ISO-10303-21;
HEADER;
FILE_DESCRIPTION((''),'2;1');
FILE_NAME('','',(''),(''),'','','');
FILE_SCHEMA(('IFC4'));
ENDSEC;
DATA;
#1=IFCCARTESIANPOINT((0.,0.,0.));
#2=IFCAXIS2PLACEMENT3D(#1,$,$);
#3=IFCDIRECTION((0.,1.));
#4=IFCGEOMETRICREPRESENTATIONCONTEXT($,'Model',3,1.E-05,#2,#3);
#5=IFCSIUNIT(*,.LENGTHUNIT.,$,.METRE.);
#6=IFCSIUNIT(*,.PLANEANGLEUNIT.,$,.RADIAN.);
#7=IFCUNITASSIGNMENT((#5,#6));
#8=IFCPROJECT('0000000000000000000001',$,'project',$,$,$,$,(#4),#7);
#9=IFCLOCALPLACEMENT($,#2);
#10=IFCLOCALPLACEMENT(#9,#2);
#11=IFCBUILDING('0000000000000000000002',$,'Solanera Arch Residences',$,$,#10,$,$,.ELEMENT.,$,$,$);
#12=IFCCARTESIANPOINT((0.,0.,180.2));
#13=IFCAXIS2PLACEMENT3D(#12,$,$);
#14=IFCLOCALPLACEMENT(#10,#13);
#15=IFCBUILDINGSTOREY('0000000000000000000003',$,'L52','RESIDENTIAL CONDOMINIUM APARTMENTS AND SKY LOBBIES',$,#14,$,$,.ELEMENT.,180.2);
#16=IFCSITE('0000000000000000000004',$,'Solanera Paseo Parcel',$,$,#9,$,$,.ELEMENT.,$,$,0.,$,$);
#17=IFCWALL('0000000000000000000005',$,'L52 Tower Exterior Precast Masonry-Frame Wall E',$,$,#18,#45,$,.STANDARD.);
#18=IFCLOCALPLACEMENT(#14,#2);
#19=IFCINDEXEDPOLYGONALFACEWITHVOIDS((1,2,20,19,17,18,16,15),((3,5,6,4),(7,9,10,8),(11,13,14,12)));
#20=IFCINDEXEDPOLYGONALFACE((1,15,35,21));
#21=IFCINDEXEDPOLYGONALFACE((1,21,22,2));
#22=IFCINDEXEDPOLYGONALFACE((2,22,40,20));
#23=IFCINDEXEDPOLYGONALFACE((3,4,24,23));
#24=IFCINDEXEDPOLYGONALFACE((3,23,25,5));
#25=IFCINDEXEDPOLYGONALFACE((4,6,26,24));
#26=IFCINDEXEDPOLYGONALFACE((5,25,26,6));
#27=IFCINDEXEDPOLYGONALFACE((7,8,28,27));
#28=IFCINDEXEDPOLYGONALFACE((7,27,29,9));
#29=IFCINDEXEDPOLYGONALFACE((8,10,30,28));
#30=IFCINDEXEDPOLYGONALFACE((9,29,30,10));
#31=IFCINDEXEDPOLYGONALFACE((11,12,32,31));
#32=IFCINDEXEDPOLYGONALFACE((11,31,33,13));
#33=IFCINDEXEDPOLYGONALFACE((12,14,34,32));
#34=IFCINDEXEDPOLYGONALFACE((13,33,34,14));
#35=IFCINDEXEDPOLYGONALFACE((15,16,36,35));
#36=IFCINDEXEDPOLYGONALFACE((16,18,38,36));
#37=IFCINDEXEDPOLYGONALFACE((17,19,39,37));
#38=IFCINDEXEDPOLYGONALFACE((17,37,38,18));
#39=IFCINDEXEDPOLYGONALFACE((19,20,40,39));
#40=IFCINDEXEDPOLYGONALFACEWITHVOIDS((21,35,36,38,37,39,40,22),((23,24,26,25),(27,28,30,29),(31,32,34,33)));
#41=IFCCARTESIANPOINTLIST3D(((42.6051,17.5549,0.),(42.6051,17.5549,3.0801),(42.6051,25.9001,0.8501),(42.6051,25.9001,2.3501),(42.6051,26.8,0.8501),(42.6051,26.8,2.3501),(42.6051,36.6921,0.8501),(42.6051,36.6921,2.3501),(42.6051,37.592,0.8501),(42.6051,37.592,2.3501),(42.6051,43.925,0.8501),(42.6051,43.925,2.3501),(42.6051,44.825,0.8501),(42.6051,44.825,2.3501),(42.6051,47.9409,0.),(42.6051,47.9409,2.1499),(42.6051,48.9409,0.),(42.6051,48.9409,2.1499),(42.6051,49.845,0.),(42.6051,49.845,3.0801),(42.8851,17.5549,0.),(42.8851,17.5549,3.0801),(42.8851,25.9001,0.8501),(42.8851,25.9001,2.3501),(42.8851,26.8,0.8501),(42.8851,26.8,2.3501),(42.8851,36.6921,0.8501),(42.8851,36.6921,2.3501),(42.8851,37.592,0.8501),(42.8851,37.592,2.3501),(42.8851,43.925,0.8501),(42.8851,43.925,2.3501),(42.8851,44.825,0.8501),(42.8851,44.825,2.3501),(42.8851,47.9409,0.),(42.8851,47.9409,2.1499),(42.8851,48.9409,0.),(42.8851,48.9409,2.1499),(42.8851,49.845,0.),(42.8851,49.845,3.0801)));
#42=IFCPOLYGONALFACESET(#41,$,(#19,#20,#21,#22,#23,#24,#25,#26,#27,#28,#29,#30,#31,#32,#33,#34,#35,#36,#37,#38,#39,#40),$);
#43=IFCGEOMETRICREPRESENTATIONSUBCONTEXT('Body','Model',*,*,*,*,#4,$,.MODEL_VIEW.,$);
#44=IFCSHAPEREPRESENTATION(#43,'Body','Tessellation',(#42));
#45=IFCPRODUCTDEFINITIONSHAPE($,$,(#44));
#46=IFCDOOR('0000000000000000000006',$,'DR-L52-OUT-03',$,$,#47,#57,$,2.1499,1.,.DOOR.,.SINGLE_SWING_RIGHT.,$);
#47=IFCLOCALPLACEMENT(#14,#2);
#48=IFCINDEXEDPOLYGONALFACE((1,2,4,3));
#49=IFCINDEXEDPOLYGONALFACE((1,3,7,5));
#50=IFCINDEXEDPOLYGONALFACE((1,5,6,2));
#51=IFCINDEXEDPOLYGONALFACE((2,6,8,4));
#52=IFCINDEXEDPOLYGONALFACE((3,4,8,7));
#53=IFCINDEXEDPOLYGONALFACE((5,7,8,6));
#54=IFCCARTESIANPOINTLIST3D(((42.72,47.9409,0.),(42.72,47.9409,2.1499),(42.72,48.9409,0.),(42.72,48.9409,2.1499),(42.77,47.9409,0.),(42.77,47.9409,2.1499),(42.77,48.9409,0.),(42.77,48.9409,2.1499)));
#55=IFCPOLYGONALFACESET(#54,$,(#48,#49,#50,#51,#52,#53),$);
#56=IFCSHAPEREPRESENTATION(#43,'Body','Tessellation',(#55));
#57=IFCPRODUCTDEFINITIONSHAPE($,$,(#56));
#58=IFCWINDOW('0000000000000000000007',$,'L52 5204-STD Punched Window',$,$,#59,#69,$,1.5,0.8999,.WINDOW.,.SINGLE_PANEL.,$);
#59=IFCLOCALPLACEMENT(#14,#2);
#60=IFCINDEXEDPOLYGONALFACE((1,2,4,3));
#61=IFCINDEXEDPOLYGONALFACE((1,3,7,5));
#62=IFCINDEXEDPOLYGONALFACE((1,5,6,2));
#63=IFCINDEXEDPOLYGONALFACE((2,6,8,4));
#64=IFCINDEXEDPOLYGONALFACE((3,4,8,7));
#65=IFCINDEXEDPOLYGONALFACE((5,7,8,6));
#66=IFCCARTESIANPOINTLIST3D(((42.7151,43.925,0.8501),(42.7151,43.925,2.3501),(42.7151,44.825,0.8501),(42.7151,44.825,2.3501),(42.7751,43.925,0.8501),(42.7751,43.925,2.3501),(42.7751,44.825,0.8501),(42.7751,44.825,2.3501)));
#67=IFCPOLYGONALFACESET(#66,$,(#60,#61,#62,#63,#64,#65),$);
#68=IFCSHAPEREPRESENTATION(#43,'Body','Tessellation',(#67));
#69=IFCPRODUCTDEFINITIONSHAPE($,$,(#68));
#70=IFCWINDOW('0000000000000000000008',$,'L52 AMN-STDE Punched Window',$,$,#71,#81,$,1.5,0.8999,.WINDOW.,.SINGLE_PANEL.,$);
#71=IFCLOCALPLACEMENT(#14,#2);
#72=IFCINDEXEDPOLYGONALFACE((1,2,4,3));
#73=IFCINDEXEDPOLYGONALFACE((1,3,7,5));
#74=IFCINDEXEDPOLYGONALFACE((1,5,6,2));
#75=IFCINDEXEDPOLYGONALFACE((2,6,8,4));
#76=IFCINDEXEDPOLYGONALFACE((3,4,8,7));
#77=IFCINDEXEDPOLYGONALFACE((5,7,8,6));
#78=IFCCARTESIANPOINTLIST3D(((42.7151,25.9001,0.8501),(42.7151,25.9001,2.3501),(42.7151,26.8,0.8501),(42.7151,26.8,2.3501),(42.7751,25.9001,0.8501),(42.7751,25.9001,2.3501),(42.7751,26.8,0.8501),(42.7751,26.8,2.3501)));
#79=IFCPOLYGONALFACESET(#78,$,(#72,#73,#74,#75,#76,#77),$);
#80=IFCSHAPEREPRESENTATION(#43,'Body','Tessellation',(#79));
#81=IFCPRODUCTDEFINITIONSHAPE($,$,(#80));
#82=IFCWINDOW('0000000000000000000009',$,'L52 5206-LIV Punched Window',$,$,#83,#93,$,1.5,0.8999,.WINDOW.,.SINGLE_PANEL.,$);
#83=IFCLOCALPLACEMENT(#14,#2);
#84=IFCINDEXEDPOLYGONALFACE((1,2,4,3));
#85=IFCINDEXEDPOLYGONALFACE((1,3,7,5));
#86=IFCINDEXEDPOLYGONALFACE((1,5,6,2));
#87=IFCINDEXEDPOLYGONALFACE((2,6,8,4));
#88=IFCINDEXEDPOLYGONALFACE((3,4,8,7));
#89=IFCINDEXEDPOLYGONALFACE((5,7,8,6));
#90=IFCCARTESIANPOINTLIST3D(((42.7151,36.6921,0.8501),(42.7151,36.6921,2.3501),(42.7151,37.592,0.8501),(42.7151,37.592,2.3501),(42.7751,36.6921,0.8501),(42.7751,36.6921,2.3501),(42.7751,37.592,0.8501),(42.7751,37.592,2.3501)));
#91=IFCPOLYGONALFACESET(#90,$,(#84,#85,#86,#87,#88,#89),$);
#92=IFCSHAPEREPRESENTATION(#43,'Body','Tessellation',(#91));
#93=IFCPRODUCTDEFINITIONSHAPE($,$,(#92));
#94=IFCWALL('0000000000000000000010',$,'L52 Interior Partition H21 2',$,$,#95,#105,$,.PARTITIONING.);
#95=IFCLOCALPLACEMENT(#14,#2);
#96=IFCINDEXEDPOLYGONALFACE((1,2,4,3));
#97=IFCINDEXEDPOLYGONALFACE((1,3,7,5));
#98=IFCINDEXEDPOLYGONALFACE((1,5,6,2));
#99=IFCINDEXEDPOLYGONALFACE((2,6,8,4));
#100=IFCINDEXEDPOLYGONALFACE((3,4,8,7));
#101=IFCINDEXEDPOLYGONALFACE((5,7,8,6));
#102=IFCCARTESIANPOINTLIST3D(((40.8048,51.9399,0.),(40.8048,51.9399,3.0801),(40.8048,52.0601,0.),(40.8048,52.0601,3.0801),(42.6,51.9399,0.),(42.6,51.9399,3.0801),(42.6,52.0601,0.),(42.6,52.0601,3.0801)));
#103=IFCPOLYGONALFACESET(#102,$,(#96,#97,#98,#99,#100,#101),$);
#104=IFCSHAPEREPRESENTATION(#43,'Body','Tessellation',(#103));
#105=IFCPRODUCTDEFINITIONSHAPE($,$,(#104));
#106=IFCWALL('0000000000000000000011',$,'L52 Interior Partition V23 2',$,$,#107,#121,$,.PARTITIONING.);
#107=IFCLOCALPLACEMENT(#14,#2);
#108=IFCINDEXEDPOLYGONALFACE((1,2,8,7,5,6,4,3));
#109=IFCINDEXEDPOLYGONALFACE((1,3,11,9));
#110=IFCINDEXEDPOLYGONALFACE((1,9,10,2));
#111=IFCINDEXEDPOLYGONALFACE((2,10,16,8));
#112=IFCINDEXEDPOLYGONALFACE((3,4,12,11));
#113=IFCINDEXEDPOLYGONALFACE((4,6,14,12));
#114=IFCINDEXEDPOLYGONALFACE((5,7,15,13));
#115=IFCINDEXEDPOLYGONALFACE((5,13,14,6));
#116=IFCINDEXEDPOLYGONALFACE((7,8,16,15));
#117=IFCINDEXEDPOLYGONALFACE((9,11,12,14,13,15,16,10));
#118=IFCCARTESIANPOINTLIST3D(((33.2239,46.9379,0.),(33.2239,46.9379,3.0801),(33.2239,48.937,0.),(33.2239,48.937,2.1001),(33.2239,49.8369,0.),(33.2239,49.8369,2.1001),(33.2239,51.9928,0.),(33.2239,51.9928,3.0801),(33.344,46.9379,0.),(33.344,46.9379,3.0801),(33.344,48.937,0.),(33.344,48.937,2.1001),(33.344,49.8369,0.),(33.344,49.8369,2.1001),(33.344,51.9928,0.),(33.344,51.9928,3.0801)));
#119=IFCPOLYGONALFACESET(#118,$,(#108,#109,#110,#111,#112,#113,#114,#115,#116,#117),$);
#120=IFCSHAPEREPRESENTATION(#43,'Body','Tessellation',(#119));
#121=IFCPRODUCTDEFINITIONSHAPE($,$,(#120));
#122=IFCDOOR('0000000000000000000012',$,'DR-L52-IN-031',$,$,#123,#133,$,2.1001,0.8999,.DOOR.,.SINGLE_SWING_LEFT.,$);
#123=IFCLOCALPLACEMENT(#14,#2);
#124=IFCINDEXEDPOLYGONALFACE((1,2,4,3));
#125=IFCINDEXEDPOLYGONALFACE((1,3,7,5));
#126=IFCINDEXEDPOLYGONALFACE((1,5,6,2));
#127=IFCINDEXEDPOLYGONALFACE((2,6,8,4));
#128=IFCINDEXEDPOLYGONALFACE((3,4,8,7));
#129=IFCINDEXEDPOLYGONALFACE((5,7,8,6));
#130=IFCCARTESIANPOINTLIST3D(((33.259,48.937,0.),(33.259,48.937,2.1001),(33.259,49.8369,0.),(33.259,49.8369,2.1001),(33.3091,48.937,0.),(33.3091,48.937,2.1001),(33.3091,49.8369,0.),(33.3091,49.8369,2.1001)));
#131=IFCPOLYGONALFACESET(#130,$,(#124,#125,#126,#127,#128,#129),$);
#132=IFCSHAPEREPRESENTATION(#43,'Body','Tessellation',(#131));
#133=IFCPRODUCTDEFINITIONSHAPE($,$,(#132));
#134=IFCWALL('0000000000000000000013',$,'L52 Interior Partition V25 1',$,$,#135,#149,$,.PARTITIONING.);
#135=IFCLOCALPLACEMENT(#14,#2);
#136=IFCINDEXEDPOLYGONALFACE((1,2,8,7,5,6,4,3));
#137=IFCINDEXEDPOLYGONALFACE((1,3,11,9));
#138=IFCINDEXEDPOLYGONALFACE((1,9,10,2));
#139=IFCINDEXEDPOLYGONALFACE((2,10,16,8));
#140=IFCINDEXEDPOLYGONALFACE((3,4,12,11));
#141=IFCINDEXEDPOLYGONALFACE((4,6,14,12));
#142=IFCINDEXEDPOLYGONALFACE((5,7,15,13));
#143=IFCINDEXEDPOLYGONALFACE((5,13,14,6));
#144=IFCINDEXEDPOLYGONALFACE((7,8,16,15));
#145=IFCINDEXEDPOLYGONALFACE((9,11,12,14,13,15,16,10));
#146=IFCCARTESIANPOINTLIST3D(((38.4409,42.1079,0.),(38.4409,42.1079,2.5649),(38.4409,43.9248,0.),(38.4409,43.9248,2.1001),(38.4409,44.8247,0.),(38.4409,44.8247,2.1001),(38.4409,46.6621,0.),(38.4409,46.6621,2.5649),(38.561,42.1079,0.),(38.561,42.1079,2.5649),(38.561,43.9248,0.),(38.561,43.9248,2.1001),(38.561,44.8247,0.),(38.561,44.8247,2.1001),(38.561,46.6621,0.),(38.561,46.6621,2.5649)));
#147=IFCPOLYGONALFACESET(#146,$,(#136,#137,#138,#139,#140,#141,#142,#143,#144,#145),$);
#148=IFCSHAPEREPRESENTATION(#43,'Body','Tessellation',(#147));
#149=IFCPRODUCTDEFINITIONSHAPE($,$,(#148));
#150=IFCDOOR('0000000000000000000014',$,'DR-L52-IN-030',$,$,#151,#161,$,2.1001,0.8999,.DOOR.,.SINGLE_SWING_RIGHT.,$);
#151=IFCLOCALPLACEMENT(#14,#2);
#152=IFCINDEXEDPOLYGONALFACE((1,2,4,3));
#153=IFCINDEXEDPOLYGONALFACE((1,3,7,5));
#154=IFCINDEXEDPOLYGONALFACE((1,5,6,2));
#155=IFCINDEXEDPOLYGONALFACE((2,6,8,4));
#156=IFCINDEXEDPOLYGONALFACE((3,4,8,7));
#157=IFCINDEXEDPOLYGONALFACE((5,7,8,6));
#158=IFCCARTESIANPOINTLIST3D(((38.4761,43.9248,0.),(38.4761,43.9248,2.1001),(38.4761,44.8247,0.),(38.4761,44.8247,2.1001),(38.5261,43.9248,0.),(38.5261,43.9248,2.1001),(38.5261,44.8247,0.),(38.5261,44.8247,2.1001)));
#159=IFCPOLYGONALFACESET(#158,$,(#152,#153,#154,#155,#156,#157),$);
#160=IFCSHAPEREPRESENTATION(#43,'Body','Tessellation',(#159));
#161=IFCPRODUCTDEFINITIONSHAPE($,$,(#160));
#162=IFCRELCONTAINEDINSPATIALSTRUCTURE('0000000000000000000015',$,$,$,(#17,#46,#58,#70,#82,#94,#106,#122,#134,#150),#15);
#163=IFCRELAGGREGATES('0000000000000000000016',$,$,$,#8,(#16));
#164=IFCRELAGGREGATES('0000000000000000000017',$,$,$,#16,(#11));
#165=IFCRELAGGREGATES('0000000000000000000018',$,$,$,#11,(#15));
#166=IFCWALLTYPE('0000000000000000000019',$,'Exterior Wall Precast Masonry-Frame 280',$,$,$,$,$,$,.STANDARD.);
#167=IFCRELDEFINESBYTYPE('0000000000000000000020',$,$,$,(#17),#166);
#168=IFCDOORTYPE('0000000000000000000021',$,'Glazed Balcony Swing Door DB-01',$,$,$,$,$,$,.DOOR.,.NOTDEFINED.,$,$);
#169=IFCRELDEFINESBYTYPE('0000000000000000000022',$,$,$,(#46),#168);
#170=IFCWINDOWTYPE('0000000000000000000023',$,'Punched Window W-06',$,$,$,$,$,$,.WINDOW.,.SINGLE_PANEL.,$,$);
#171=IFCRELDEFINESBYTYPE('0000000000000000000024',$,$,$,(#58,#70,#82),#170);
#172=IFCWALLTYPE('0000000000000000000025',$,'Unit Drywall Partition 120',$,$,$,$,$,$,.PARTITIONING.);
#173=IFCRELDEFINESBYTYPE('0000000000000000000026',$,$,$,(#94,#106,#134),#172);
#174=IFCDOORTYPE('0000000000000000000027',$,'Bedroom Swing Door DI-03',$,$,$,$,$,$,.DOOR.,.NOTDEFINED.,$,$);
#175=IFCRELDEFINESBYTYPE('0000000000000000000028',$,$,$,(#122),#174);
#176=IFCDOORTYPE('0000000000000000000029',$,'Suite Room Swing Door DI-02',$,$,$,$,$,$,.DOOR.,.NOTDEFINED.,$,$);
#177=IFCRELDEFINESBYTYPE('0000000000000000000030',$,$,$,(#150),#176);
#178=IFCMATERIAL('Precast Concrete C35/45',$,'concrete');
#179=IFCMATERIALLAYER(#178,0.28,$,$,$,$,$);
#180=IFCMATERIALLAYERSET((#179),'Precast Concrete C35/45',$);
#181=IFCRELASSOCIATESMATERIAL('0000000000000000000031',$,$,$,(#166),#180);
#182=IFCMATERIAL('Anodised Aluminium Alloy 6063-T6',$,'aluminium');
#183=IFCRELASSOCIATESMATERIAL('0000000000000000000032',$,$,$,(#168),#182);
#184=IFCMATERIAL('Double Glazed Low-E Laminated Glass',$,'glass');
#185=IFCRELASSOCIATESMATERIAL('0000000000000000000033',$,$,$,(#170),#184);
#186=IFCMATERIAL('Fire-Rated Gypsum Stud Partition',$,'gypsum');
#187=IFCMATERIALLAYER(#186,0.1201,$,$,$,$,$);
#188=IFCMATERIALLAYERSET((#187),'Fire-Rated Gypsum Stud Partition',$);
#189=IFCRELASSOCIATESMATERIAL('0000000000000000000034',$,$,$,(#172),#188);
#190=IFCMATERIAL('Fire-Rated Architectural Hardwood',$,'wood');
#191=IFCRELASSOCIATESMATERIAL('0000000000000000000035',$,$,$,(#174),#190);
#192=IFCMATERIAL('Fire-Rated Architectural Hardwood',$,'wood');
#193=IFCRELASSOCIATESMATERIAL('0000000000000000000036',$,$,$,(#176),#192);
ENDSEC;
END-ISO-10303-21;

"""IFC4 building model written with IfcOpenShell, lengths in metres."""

from ifc_helpers import new_model, si_unit, direction, frame, frame_2d, origin, place, context, subcontext, project, spatial, rectangle, extrude, material, layer, layer_set, type_object, element, fill, save


model = new_model("IFC4")

# Units and contexts
model_context = context("Model", 3, precision=1e-05, world=origin(), true_north=direction((0.0, 1.0)))
body_context = subcontext(model_context, "Body", "Model", "MODEL_VIEW")
ifc_project = project(units=[si_unit("LENGTHUNIT", "METRE"), si_unit("PLANEANGLEUNIT", "RADIAN")], contexts=[model_context])

# Site, building, storey
site_placement = place(None, origin())
site = spatial("IfcSite", under=ifc_project, at=site_placement, Name="Solanera Paseo Parcel", CompositionType="ELEMENT", RefElevation=0.0)
building_placement = place(site_placement, origin())
building = spatial("IfcBuilding", under=site, at=building_placement, Name="Solanera Arch Residences", CompositionType="ELEMENT")
storey_placement = place(building_placement, frame((0.0, 0.0, 180.2)))
storey = spatial("IfcBuildingStorey", under=building, at=storey_placement, Name="L52", Description="RESIDENTIAL CONDOMINIUM APARTMENTS AND SKY LOBBIES", CompositionType="ELEMENT", Elevation=180.2)

# Shared definitions
ifc_material_1 = material(Name="Precast Concrete C35/45", Category="concrete")
ifc_layer_1 = layer(ifc_material_1, 0.28)
ifc_layer_set_1 = layer_set([ifc_layer_1], Name="Precast Concrete C35/45")
wall_type_1 = type_object("IfcWallType", Name="Exterior Wall Precast Masonry-Frame 280", PredefinedType="STANDARD", material=ifc_layer_set_1)

# Wall, openings, door, windows
wall_1_placement = place(storey_placement, frame((42.7451, 49.845, 0.0), z_axis=(0.0, 0.0, 1.0), x_axis=(0.0, -1.0, 0.0)))
wall_1 = element("IfcWall", 1, at=wall_1_placement, inside=storey, type_object=wall_type_1, Name="L52 Tower Exterior Precast Masonry-Frame Wall E", PredefinedType="STANDARD", context=body_context, shape_type="SweptSolid", body=[
    extrude(rectangle(XDim=32.29, YDim=0.28, at=frame_2d((16.145, 0.0))), origin(), (0.0, 0.0, 1.0), 3.0801),
])
opening_1_placement = place(wall_1_placement, frame((0.9041, 0.0, 0.0)))
opening_1 = element("IfcOpeningElement", 2, at=opening_1_placement, cuts=wall_1, PredefinedType="OPENING", context=body_context, shape_type="SweptSolid", body=[
    extrude(rectangle(XDim=1.0, YDim=2.1499, at=frame_2d((0.5, 1.075))), frame((0.0, 0.1499, 0.0), z_axis=(0.0, -1.0, 0.0), x_axis=(1.0, 0.0, 0.0)), (0.0, 0.0, 1.0), 0.3),
])
opening_2_placement = place(wall_1_placement, frame((5.02, 0.0, 0.8501)))
opening_2 = element("IfcOpeningElement", 3, at=opening_2_placement, cuts=wall_1, PredefinedType="OPENING", context=body_context, shape_type="SweptSolid", body=[
    extrude(rectangle(XDim=0.8999, YDim=1.5, at=frame_2d((0.45, 0.75))), frame((0.0, 0.1499, 0.0), z_axis=(0.0, -1.0, 0.0), x_axis=(1.0, 0.0, 0.0)), (0.0, 0.0, 1.0), 0.3),
])
opening_3_placement = place(wall_1_placement, frame((23.0449, 0.0, 0.8501)))
opening_3 = element("IfcOpeningElement", 4, at=opening_3_placement, cuts=wall_1, PredefinedType="OPENING", context=body_context, shape_type="SweptSolid", body=[
    extrude(rectangle(XDim=0.8999, YDim=1.5, at=frame_2d((0.45, 0.75))), frame((0.0, 0.1499, 0.0), z_axis=(0.0, -1.0, 0.0), x_axis=(1.0, 0.0, 0.0)), (0.0, 0.0, 1.0), 0.3),
])
opening_4_placement = place(wall_1_placement, frame((12.2529, 0.0, 0.8501)))
opening_4 = element("IfcOpeningElement", 5, at=opening_4_placement, cuts=wall_1, PredefinedType="OPENING", context=body_context, shape_type="SweptSolid", body=[
    extrude(rectangle(XDim=0.8999, YDim=1.5, at=frame_2d((0.45, 0.75))), frame((0.0, 0.1499, 0.0), z_axis=(0.0, -1.0, 0.0), x_axis=(1.0, 0.0, 0.0)), (0.0, 0.0, 1.0), 0.3),
])
ifc_material_2 = material(Name="Anodised Aluminium Alloy 6063-T6", Category="aluminium")
door_type_1 = type_object("IfcDoorType", Name="Glazed Balcony Swing Door DB-01", OperationType="NOTDEFINED", PredefinedType="DOOR", material=ifc_material_2)
door_1_placement = place(opening_1_placement, origin())
door_1 = element("IfcDoor", 6, at=door_1_placement, inside=storey, type_object=door_type_1, Name="DR-L52-OUT-03", OperationType="SINGLE_SWING_RIGHT", OverallHeight=2.1499, OverallWidth=1.0, PredefinedType="DOOR", context=body_context, shape_type="SweptSolid", body=[
    extrude(rectangle(XDim=1.0, YDim=2.1499, at=frame_2d((0.5, 1.075))), frame((0.0, 0.0249, 0.0), z_axis=(0.0, -1.0, 0.0), x_axis=(1.0, 0.0, 0.0)), (0.0, 0.0, 1.0), 0.05),
])
fill(opening_1, door_1)
ifc_material_3 = material(Name="Double Glazed Low-E Laminated Glass", Category="glass")
window_type = type_object("IfcWindowType", Name="Punched Window W-06", PartitioningType="SINGLE_PANEL", PredefinedType="WINDOW", material=ifc_material_3)
window_1_placement = place(opening_2_placement, origin())
window_1 = element("IfcWindow", 7, at=window_1_placement, inside=storey, type_object=window_type, Name="L52 5204-STD Punched Window", OverallHeight=1.5, OverallWidth=0.8999, PartitioningType="SINGLE_PANEL", PredefinedType="WINDOW", context=body_context, shape_type="SweptSolid", body=[
    extrude(rectangle(XDim=0.8999, YDim=1.5, at=frame_2d((0.45, 0.75))), frame((0.0, 0.03, 0.0), z_axis=(0.0, -1.0, 0.0), x_axis=(1.0, 0.0, 0.0)), (0.0, 0.0, 1.0), 0.0601),
])
fill(opening_2, window_1)
window_2_placement = place(opening_3_placement, origin())
window_2 = element("IfcWindow", 8, at=window_2_placement, inside=storey, type_object=window_type, Name="L52 AMN-STDE Punched Window", OverallHeight=1.5, OverallWidth=0.8999, PartitioningType="SINGLE_PANEL", PredefinedType="WINDOW", context=body_context, shape_type="SweptSolid", body=[
    extrude(rectangle(XDim=0.8999, YDim=1.5, at=frame_2d((0.45, 0.75))), frame((0.0, 0.03, 0.0), z_axis=(0.0, -1.0, 0.0), x_axis=(1.0, 0.0, 0.0)), (0.0, 0.0, 1.0), 0.0601),
])
fill(opening_3, window_2)
window_3_placement = place(opening_4_placement, origin())
window_3 = element("IfcWindow", 9, at=window_3_placement, inside=storey, type_object=window_type, Name="L52 5206-LIV Punched Window", OverallHeight=1.5, OverallWidth=0.8999, PartitioningType="SINGLE_PANEL", PredefinedType="WINDOW", context=body_context, shape_type="SweptSolid", body=[
    extrude(rectangle(XDim=0.8999, YDim=1.5, at=frame_2d((0.45, 0.75))), frame((0.0, 0.03, 0.0), z_axis=(0.0, -1.0, 0.0), x_axis=(1.0, 0.0, 0.0)), (0.0, 0.0, 1.0), 0.0601),
])
fill(opening_4, window_3)

# Wall
ifc_material_4 = material(Name="Fire-Rated Gypsum Stud Partition", Category="gypsum")
ifc_layer_2 = layer(ifc_material_4, 0.1201)
ifc_layer_set_2 = layer_set([ifc_layer_2], Name="Fire-Rated Gypsum Stud Partition")
wall_type_2 = type_object("IfcWallType", Name="Unit Drywall Partition 120", PredefinedType="PARTITIONING", material=ifc_layer_set_2)
wall_2_placement = place(storey_placement, frame((40.8049, 52.0, 0.0), z_axis=(0.0, 0.0, 1.0), x_axis=(1.0, 0.0, 0.0)))
element("IfcWall", 10, at=wall_2_placement, inside=storey, type_object=wall_type_2, Name="L52 Interior Partition H21 2", PredefinedType="PARTITIONING", context=body_context, shape_type="SweptSolid", body=[
    extrude(rectangle(XDim=1.7952, YDim=0.1201, at=frame_2d((0.8975, 0.0))), origin(), (0.0, 0.0, 1.0), 3.0801),
])

# Walls, openings, doors
wall_3_placement = place(storey_placement, frame((33.2839, 46.938, 0.0), z_axis=(0.0, 0.0, 1.0), x_axis=(0.0, 1.0, 0.0)))
wall_3 = element("IfcWall", 11, at=wall_3_placement, inside=storey, type_object=wall_type_2, Name="L52 Interior Partition V23 2", PredefinedType="PARTITIONING", context=body_context, shape_type="SweptSolid", body=[
    extrude(rectangle(XDim=5.0549, YDim=0.1201, at=frame_2d((2.5273, 0.0))), origin(), (0.0, 0.0, 1.0), 3.0801),
])
opening_5_placement = place(wall_3_placement, frame((1.999, 0.0, 0.0)))
opening_5 = element("IfcOpeningElement", 12, at=opening_5_placement, cuts=wall_3, PredefinedType="OPENING", context=body_context, shape_type="SweptSolid", body=[
    extrude(rectangle(XDim=0.8999, YDim=2.1001, at=frame_2d((0.45, 1.05))), frame((0.0, 0.0701, 0.0), z_axis=(0.0, -1.0, 0.0), x_axis=(1.0, 0.0, 0.0)), (0.0, 0.0, 1.0), 0.1401),
])
ifc_material_5 = material(Name="Fire-Rated Architectural Hardwood", Category="wood")
door_type_2 = type_object("IfcDoorType", Name="Bedroom Swing Door DI-03", OperationType="NOTDEFINED", PredefinedType="DOOR", material=ifc_material_5)
door_2_placement = place(opening_5_placement, origin())
door_2 = element("IfcDoor", 13, at=door_2_placement, inside=storey, type_object=door_type_2, Name="DR-L52-IN-031", OperationType="SINGLE_SWING_LEFT", OverallHeight=2.1001, OverallWidth=0.8999, PredefinedType="DOOR", context=body_context, shape_type="SweptSolid", body=[
    extrude(rectangle(XDim=0.8999, YDim=2.1001, at=frame_2d((0.45, 1.05))), frame((0.0, 0.0249, 0.0), z_axis=(0.0, -1.0, 0.0), x_axis=(1.0, 0.0, 0.0)), (0.0, 0.0, 1.0), 0.05),
])
fill(opening_5, door_2)
wall_4_placement = place(storey_placement, frame((38.501, 42.1079, 0.0), z_axis=(0.0, 0.0, 1.0), x_axis=(0.0, 1.0, 0.0)))
wall_4 = element("IfcWall", 14, at=wall_4_placement, inside=storey, type_object=wall_type_2, Name="L52 Interior Partition V25 1", PredefinedType="PARTITIONING", context=body_context, shape_type="SweptSolid", body=[
    extrude(rectangle(XDim=4.5542, YDim=0.1201, at=frame_2d((2.2771, 0.0))), origin(), (0.0, 0.0, 1.0), 2.5649),
])
opening_6_placement = place(wall_4_placement, frame((1.8169, 0.0, 0.0)))
opening_6 = element("IfcOpeningElement", 15, at=opening_6_placement, cuts=wall_4, PredefinedType="OPENING", context=body_context, shape_type="SweptSolid", body=[
    extrude(rectangle(XDim=0.8999, YDim=2.1001, at=frame_2d((0.45, 1.05))), frame((0.0, 0.0701, 0.0), z_axis=(0.0, -1.0, 0.0), x_axis=(1.0, 0.0, 0.0)), (0.0, 0.0, 1.0), 0.1401),
])
ifc_material_6 = material(Name="Fire-Rated Architectural Hardwood", Category="wood")
door_type_3 = type_object("IfcDoorType", Name="Suite Room Swing Door DI-02", OperationType="NOTDEFINED", PredefinedType="DOOR", material=ifc_material_6)
door_3_placement = place(opening_6_placement, origin())
door_3 = element("IfcDoor", 16, at=door_3_placement, inside=storey, type_object=door_type_3, Name="DR-L52-IN-030", OperationType="SINGLE_SWING_RIGHT", OverallHeight=2.1001, OverallWidth=0.8999, PredefinedType="DOOR", context=body_context, shape_type="SweptSolid", body=[
    extrude(rectangle(XDim=0.8999, YDim=2.1001, at=frame_2d((0.45, 1.05))), frame((0.0, 0.0249, 0.0), z_axis=(0.0, -1.0, 0.0), x_axis=(1.0, 0.0, 0.0)), (0.0, 0.0, 1.0), 0.05),
])
fill(opening_6, door_3)

save(model, "model.ifc")
